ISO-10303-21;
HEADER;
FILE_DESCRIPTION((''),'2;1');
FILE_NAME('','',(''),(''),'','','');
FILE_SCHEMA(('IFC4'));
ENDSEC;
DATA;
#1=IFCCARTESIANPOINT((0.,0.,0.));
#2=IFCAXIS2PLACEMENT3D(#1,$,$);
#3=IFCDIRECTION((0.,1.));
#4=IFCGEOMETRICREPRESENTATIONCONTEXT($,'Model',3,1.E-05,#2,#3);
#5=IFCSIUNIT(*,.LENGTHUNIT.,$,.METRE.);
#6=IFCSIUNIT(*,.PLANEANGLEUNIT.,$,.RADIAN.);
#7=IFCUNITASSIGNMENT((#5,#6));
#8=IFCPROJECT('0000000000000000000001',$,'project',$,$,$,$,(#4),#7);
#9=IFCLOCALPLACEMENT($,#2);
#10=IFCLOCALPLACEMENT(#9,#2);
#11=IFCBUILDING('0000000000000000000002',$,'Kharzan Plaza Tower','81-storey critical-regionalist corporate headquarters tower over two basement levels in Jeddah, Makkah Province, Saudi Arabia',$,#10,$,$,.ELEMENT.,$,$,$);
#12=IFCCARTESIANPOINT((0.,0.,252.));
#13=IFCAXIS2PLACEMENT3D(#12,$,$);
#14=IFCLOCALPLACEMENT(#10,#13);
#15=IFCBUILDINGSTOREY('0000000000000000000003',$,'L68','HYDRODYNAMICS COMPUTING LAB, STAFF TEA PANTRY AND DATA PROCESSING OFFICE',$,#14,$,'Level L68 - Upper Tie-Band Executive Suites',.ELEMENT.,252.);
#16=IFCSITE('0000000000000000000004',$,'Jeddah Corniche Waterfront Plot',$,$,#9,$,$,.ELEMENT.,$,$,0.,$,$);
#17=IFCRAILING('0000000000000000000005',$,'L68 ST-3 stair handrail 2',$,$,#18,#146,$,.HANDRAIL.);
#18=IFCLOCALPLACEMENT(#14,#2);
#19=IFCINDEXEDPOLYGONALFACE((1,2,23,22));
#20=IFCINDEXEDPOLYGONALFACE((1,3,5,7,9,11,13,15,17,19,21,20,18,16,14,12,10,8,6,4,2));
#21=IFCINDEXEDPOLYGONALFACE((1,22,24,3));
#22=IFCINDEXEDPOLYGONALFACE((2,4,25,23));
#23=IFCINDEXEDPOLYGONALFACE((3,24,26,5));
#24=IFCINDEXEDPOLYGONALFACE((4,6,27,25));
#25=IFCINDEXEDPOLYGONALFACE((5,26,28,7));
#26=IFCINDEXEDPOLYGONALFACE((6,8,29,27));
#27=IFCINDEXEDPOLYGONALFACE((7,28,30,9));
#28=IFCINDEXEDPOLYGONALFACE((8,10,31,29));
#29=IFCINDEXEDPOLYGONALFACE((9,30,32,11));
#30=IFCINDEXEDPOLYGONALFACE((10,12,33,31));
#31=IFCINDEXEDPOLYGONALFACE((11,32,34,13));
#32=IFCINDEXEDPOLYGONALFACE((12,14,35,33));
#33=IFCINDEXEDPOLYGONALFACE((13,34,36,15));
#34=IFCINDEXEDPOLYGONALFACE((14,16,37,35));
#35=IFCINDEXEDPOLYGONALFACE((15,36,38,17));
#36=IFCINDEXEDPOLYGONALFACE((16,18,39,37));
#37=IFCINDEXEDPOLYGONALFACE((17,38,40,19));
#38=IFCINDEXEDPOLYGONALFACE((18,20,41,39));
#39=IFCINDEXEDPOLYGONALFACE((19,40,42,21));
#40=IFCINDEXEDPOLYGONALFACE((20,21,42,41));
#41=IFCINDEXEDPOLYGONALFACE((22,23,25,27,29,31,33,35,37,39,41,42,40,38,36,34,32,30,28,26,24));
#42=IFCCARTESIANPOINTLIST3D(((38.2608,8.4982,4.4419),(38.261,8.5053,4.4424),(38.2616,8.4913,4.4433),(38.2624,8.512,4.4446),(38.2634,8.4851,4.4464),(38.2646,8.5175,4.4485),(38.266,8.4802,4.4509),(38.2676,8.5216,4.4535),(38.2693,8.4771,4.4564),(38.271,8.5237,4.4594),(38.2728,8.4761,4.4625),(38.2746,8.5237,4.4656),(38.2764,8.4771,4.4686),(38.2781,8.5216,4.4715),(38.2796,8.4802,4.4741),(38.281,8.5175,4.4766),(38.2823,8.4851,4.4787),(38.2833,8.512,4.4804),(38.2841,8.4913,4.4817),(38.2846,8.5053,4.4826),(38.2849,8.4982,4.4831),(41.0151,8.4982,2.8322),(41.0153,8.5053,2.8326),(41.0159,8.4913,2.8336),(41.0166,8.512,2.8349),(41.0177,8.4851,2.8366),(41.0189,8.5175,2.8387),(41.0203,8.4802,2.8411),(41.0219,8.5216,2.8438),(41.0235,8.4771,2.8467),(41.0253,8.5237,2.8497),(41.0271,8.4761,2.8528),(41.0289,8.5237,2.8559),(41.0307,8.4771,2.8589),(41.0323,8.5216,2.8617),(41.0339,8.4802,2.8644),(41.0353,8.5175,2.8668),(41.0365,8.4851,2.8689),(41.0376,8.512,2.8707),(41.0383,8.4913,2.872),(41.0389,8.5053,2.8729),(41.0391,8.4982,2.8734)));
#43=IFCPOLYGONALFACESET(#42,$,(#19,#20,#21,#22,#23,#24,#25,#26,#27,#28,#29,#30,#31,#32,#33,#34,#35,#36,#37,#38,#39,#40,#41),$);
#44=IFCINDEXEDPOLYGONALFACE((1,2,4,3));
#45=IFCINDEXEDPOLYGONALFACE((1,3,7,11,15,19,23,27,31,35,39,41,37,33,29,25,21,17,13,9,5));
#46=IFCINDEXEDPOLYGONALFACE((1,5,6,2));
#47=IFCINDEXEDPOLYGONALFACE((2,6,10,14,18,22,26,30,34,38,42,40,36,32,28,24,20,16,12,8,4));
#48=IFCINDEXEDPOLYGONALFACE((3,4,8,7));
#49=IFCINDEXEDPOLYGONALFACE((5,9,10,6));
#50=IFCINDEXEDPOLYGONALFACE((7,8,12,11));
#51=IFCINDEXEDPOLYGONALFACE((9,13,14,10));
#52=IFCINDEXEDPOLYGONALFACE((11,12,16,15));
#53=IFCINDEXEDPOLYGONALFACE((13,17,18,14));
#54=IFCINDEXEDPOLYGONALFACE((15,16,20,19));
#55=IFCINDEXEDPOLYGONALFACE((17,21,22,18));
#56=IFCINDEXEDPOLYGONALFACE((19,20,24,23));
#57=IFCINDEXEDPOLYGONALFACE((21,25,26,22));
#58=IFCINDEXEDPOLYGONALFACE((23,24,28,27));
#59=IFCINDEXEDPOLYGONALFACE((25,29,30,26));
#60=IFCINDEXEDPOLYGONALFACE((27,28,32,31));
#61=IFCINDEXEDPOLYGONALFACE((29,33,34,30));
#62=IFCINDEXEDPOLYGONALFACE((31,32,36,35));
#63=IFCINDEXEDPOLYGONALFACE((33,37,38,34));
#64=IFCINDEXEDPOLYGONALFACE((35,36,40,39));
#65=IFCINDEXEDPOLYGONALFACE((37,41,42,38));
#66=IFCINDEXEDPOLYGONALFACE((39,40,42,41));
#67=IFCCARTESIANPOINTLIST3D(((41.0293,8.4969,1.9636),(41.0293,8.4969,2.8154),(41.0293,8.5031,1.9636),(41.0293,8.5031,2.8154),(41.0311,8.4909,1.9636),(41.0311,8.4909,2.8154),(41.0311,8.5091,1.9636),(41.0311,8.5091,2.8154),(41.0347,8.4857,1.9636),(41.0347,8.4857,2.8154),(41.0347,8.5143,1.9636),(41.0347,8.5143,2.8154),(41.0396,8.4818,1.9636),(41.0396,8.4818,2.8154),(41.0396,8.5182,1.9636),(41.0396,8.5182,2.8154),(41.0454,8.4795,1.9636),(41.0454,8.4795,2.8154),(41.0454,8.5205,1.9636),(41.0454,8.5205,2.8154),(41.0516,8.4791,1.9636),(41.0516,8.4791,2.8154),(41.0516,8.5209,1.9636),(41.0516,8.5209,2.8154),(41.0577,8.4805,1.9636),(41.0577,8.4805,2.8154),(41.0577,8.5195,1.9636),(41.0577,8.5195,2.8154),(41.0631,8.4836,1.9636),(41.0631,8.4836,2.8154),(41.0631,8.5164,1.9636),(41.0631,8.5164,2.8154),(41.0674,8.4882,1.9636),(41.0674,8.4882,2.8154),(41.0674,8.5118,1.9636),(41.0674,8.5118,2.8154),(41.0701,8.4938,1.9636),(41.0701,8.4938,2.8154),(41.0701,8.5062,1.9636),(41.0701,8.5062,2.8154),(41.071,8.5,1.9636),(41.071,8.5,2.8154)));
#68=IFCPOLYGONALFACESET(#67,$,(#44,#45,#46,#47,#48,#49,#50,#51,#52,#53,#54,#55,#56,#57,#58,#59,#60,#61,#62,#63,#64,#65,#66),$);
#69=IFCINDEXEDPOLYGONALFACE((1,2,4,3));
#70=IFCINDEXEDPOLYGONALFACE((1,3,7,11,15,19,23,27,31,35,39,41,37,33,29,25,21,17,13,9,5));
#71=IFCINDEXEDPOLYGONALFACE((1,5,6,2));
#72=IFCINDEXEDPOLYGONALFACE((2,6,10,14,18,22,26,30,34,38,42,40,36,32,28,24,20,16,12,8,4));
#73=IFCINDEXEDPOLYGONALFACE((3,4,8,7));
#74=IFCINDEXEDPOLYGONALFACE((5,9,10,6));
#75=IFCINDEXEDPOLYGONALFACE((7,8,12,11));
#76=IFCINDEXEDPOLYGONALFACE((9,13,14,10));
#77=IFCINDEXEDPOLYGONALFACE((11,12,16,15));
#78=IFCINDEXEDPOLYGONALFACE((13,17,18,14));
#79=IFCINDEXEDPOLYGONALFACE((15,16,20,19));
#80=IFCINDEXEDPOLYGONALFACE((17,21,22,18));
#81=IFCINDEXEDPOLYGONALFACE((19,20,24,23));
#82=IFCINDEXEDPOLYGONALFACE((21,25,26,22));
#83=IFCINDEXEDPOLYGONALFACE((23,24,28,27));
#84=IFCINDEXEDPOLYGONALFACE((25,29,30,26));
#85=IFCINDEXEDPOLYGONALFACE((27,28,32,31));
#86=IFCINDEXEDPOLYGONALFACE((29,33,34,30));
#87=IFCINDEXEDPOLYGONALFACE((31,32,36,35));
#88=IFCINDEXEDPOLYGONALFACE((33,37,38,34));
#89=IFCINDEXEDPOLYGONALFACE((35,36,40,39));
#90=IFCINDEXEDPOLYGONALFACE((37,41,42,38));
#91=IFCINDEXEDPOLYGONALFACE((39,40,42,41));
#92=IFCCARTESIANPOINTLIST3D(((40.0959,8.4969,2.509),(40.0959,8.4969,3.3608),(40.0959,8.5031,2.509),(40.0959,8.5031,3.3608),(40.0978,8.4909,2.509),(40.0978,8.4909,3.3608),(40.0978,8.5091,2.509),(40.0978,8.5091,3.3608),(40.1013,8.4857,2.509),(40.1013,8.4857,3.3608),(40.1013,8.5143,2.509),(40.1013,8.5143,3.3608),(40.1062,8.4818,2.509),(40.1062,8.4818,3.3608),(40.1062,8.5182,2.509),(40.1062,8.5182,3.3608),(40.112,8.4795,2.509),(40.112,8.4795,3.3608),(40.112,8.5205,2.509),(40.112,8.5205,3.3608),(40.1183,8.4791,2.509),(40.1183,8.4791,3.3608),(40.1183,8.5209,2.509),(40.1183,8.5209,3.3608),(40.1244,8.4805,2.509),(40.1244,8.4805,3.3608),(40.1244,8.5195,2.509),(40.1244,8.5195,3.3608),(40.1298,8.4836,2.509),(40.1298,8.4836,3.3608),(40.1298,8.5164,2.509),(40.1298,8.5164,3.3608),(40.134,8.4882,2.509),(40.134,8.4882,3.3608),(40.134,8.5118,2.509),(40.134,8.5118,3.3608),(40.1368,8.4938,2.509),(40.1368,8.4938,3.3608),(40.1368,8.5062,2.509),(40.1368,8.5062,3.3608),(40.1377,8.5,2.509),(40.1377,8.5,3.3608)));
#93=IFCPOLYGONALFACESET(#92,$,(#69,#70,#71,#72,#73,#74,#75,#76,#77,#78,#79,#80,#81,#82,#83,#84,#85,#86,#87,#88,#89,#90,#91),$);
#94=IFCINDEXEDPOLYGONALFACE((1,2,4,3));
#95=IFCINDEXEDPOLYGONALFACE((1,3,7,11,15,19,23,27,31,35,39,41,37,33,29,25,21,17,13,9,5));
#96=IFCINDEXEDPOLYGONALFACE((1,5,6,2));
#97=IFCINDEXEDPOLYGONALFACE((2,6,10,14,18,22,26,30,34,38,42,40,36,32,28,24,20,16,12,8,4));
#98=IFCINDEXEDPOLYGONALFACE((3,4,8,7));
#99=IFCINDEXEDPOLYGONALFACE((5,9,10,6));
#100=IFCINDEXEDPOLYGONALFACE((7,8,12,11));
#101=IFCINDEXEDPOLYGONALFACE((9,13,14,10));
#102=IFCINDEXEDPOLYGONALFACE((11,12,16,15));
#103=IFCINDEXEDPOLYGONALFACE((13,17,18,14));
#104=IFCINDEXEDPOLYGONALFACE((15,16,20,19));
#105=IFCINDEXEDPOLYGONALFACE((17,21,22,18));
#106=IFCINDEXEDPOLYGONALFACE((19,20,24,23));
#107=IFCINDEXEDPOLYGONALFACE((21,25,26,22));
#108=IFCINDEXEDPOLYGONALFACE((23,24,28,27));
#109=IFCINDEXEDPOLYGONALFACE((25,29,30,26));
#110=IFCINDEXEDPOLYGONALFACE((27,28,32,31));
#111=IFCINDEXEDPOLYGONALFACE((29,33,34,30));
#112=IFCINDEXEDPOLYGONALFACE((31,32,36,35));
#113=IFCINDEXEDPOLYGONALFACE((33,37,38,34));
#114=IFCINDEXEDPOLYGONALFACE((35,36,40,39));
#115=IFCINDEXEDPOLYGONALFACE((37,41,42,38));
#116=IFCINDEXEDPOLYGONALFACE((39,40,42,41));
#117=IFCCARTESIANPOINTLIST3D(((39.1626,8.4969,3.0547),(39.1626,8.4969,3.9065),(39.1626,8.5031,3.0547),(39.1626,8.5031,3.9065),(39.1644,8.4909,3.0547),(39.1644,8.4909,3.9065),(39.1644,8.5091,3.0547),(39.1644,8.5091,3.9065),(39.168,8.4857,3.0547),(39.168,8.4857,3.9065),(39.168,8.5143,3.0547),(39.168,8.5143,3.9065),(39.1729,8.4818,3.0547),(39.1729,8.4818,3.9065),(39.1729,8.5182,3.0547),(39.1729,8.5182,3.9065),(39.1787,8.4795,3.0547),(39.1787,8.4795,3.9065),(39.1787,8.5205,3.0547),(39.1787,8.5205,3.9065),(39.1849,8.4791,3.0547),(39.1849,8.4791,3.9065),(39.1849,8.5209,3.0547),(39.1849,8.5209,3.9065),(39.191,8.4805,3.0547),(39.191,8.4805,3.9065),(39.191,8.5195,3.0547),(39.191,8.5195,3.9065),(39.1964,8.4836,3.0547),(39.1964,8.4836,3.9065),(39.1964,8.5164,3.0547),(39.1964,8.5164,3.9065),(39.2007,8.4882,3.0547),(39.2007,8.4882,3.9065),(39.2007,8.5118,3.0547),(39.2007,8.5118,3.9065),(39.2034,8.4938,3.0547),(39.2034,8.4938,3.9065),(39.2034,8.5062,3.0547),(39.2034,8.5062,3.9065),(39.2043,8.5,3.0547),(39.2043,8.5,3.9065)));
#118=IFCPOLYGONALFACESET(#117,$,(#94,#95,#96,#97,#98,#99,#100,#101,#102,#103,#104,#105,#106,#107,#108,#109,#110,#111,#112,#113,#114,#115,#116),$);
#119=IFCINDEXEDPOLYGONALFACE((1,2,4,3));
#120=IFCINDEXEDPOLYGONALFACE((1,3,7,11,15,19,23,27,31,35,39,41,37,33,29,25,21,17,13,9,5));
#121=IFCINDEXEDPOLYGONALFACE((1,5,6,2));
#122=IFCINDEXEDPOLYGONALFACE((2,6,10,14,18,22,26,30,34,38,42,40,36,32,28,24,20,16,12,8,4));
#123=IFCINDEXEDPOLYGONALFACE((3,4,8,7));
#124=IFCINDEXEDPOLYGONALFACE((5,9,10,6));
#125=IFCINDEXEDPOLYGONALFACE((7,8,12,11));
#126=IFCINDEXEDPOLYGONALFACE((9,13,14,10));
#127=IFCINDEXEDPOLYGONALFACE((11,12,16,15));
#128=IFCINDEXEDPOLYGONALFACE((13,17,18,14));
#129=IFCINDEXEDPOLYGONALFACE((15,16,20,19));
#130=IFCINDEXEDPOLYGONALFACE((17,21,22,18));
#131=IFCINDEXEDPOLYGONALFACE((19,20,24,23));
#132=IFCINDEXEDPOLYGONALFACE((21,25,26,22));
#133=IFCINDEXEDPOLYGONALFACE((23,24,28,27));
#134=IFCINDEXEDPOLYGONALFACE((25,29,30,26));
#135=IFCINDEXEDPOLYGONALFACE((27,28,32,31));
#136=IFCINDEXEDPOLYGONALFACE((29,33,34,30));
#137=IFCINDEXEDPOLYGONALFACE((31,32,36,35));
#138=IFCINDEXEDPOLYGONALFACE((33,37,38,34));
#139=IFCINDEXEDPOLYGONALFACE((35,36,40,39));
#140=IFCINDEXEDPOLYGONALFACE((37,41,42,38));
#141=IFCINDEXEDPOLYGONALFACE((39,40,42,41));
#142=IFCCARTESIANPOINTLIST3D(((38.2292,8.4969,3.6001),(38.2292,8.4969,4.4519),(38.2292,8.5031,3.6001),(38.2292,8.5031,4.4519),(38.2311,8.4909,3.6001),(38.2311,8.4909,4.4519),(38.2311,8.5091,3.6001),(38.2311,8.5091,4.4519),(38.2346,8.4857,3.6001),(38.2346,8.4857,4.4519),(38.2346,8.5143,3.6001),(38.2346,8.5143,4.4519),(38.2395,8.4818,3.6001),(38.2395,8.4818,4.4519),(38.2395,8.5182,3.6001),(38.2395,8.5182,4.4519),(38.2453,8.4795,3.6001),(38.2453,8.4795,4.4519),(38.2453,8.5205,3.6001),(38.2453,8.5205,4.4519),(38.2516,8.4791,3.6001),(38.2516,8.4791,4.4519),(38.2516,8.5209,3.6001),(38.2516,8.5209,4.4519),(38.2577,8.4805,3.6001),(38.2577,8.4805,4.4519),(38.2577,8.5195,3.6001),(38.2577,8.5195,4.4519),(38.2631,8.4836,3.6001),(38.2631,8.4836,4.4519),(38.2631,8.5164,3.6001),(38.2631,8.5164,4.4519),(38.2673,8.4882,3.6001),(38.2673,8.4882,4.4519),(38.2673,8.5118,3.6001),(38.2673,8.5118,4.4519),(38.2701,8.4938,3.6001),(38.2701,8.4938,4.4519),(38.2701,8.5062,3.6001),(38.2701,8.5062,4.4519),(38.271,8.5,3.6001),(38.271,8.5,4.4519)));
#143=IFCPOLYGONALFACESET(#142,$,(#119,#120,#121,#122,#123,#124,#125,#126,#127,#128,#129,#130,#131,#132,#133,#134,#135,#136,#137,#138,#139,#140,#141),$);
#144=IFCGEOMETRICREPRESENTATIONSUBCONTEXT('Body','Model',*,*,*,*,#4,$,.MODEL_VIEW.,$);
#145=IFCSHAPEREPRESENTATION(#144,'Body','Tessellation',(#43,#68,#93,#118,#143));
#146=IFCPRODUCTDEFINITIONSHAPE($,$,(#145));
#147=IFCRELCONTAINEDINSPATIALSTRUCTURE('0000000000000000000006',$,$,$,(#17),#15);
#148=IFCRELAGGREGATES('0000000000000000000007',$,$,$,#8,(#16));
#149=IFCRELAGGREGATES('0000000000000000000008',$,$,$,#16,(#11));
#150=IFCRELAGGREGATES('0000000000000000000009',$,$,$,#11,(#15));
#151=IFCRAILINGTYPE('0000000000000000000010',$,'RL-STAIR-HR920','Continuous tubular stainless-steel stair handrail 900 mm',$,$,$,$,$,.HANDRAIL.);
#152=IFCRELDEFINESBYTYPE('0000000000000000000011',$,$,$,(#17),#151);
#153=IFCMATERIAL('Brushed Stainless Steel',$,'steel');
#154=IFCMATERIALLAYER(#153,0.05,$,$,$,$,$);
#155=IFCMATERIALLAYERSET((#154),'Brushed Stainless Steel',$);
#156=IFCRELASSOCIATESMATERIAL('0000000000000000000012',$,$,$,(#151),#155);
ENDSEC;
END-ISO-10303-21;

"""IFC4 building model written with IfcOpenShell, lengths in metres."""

from ifc_helpers import new_model, si_unit, direction, frame, origin, origin_2d, place, context, subcontext, project, spatial, circle, extrude, source, transform, mapped, material, layer, layer_set, type_object, element, save


model = new_model("IFC4")

# Units and contexts
model_context = context("Model", 3, precision=1e-05, world=origin(), true_north=direction((0.0, 1.0)))
body_context = subcontext(model_context, "Body", "Model", "MODEL_VIEW")
ifc_project = project(units=[si_unit("LENGTHUNIT", "METRE"), si_unit("PLANEANGLEUNIT", "RADIAN")], contexts=[model_context])

# Site, building, storey
site_placement = place(None, origin())
site = spatial("IfcSite", under=ifc_project, at=site_placement, Name="Jeddah Corniche Waterfront Plot", CompositionType="ELEMENT", RefElevation=0.0)
building_placement = place(site_placement, origin())
building = spatial("IfcBuilding", under=site, at=building_placement, Name="Kharzan Plaza Tower", Description="81-storey critical-regionalist corporate headquarters tower over two basement levels in Jeddah, Makkah Province, Saudi Arabia", CompositionType="ELEMENT")
storey_placement = place(building_placement, frame((0.0, 0.0, 252.0)))
storey = spatial("IfcBuildingStorey", under=building, at=storey_placement, Name="L68", Description="HYDRODYNAMICS COMPUTING LAB, STAFF TEA PANTRY AND DATA PROCESSING OFFICE", LongName="Level L68 - Upper Tie-Band Executive Suites", CompositionType="ELEMENT", Elevation=252.0)

# Shared definitions
ifc_material_1 = material(Name="Brushed Stainless Steel", Category="steel")

# Railing
ifc_layer_1 = layer(ifc_material_1, 0.05)
ifc_layer_set_1 = layer_set([ifc_layer_1], Name="Brushed Stainless Steel")
railing_type_1 = type_object("IfcRailingType", Name="RL-STAIR-HR920", Description="Continuous tubular stainless-steel stair handrail 900 mm", PredefinedType="HANDRAIL", material=ifc_layer_set_1)
shared_shape_1 = source(origin(), body_context, "Body", "SweptSolid", [
    extrude(circle(Radius=0.0239, at=origin_2d()), frame((-0.0229, 0.0, 0.8892), z_axis=(-0.863361, 0.0, 0.504587), x_axis=(0.0, -1.0, 0.0)), (0.0, 0.0, 1.0), 3.1902),
    extrude(circle(Radius=0.021, at=origin_2d()), origin(), (0.0, 0.0, 1.0), 0.8518),
    extrude(circle(Radius=0.021, at=origin_2d()), frame((-0.9333, 0.0, 0.5454)), (0.0, 0.0, 1.0), 0.8518),
    extrude(circle(Radius=0.021, at=origin_2d()), frame((-1.8667, 0.0, 1.0911)), (0.0, 0.0, 1.0), 0.8518),
    extrude(circle(Radius=0.021, at=origin_2d()), frame((-2.8, 0.0, 1.6365)), (0.0, 0.0, 1.0), 0.8518),
])
railing_1_placement = place(storey_placement, frame((41.05, 8.5, 1.9636)))
element("IfcRailing", 1, at=railing_1_placement, inside=storey, type_object=railing_type_1, Name="L68 ST-3 stair handrail 2", PredefinedType="HANDRAIL", context=body_context, shape_type="MappedRepresentation", body=[
    mapped(shared_shape_1, transform((0.0, 0.0, 0.0), x_axis=(1.0, 0.0, 0.0), y_axis=(0.0, 1.0, 0.0), z_axis=(0.0, 0.0, 1.0))),
])

save(model, "model.ifc")
